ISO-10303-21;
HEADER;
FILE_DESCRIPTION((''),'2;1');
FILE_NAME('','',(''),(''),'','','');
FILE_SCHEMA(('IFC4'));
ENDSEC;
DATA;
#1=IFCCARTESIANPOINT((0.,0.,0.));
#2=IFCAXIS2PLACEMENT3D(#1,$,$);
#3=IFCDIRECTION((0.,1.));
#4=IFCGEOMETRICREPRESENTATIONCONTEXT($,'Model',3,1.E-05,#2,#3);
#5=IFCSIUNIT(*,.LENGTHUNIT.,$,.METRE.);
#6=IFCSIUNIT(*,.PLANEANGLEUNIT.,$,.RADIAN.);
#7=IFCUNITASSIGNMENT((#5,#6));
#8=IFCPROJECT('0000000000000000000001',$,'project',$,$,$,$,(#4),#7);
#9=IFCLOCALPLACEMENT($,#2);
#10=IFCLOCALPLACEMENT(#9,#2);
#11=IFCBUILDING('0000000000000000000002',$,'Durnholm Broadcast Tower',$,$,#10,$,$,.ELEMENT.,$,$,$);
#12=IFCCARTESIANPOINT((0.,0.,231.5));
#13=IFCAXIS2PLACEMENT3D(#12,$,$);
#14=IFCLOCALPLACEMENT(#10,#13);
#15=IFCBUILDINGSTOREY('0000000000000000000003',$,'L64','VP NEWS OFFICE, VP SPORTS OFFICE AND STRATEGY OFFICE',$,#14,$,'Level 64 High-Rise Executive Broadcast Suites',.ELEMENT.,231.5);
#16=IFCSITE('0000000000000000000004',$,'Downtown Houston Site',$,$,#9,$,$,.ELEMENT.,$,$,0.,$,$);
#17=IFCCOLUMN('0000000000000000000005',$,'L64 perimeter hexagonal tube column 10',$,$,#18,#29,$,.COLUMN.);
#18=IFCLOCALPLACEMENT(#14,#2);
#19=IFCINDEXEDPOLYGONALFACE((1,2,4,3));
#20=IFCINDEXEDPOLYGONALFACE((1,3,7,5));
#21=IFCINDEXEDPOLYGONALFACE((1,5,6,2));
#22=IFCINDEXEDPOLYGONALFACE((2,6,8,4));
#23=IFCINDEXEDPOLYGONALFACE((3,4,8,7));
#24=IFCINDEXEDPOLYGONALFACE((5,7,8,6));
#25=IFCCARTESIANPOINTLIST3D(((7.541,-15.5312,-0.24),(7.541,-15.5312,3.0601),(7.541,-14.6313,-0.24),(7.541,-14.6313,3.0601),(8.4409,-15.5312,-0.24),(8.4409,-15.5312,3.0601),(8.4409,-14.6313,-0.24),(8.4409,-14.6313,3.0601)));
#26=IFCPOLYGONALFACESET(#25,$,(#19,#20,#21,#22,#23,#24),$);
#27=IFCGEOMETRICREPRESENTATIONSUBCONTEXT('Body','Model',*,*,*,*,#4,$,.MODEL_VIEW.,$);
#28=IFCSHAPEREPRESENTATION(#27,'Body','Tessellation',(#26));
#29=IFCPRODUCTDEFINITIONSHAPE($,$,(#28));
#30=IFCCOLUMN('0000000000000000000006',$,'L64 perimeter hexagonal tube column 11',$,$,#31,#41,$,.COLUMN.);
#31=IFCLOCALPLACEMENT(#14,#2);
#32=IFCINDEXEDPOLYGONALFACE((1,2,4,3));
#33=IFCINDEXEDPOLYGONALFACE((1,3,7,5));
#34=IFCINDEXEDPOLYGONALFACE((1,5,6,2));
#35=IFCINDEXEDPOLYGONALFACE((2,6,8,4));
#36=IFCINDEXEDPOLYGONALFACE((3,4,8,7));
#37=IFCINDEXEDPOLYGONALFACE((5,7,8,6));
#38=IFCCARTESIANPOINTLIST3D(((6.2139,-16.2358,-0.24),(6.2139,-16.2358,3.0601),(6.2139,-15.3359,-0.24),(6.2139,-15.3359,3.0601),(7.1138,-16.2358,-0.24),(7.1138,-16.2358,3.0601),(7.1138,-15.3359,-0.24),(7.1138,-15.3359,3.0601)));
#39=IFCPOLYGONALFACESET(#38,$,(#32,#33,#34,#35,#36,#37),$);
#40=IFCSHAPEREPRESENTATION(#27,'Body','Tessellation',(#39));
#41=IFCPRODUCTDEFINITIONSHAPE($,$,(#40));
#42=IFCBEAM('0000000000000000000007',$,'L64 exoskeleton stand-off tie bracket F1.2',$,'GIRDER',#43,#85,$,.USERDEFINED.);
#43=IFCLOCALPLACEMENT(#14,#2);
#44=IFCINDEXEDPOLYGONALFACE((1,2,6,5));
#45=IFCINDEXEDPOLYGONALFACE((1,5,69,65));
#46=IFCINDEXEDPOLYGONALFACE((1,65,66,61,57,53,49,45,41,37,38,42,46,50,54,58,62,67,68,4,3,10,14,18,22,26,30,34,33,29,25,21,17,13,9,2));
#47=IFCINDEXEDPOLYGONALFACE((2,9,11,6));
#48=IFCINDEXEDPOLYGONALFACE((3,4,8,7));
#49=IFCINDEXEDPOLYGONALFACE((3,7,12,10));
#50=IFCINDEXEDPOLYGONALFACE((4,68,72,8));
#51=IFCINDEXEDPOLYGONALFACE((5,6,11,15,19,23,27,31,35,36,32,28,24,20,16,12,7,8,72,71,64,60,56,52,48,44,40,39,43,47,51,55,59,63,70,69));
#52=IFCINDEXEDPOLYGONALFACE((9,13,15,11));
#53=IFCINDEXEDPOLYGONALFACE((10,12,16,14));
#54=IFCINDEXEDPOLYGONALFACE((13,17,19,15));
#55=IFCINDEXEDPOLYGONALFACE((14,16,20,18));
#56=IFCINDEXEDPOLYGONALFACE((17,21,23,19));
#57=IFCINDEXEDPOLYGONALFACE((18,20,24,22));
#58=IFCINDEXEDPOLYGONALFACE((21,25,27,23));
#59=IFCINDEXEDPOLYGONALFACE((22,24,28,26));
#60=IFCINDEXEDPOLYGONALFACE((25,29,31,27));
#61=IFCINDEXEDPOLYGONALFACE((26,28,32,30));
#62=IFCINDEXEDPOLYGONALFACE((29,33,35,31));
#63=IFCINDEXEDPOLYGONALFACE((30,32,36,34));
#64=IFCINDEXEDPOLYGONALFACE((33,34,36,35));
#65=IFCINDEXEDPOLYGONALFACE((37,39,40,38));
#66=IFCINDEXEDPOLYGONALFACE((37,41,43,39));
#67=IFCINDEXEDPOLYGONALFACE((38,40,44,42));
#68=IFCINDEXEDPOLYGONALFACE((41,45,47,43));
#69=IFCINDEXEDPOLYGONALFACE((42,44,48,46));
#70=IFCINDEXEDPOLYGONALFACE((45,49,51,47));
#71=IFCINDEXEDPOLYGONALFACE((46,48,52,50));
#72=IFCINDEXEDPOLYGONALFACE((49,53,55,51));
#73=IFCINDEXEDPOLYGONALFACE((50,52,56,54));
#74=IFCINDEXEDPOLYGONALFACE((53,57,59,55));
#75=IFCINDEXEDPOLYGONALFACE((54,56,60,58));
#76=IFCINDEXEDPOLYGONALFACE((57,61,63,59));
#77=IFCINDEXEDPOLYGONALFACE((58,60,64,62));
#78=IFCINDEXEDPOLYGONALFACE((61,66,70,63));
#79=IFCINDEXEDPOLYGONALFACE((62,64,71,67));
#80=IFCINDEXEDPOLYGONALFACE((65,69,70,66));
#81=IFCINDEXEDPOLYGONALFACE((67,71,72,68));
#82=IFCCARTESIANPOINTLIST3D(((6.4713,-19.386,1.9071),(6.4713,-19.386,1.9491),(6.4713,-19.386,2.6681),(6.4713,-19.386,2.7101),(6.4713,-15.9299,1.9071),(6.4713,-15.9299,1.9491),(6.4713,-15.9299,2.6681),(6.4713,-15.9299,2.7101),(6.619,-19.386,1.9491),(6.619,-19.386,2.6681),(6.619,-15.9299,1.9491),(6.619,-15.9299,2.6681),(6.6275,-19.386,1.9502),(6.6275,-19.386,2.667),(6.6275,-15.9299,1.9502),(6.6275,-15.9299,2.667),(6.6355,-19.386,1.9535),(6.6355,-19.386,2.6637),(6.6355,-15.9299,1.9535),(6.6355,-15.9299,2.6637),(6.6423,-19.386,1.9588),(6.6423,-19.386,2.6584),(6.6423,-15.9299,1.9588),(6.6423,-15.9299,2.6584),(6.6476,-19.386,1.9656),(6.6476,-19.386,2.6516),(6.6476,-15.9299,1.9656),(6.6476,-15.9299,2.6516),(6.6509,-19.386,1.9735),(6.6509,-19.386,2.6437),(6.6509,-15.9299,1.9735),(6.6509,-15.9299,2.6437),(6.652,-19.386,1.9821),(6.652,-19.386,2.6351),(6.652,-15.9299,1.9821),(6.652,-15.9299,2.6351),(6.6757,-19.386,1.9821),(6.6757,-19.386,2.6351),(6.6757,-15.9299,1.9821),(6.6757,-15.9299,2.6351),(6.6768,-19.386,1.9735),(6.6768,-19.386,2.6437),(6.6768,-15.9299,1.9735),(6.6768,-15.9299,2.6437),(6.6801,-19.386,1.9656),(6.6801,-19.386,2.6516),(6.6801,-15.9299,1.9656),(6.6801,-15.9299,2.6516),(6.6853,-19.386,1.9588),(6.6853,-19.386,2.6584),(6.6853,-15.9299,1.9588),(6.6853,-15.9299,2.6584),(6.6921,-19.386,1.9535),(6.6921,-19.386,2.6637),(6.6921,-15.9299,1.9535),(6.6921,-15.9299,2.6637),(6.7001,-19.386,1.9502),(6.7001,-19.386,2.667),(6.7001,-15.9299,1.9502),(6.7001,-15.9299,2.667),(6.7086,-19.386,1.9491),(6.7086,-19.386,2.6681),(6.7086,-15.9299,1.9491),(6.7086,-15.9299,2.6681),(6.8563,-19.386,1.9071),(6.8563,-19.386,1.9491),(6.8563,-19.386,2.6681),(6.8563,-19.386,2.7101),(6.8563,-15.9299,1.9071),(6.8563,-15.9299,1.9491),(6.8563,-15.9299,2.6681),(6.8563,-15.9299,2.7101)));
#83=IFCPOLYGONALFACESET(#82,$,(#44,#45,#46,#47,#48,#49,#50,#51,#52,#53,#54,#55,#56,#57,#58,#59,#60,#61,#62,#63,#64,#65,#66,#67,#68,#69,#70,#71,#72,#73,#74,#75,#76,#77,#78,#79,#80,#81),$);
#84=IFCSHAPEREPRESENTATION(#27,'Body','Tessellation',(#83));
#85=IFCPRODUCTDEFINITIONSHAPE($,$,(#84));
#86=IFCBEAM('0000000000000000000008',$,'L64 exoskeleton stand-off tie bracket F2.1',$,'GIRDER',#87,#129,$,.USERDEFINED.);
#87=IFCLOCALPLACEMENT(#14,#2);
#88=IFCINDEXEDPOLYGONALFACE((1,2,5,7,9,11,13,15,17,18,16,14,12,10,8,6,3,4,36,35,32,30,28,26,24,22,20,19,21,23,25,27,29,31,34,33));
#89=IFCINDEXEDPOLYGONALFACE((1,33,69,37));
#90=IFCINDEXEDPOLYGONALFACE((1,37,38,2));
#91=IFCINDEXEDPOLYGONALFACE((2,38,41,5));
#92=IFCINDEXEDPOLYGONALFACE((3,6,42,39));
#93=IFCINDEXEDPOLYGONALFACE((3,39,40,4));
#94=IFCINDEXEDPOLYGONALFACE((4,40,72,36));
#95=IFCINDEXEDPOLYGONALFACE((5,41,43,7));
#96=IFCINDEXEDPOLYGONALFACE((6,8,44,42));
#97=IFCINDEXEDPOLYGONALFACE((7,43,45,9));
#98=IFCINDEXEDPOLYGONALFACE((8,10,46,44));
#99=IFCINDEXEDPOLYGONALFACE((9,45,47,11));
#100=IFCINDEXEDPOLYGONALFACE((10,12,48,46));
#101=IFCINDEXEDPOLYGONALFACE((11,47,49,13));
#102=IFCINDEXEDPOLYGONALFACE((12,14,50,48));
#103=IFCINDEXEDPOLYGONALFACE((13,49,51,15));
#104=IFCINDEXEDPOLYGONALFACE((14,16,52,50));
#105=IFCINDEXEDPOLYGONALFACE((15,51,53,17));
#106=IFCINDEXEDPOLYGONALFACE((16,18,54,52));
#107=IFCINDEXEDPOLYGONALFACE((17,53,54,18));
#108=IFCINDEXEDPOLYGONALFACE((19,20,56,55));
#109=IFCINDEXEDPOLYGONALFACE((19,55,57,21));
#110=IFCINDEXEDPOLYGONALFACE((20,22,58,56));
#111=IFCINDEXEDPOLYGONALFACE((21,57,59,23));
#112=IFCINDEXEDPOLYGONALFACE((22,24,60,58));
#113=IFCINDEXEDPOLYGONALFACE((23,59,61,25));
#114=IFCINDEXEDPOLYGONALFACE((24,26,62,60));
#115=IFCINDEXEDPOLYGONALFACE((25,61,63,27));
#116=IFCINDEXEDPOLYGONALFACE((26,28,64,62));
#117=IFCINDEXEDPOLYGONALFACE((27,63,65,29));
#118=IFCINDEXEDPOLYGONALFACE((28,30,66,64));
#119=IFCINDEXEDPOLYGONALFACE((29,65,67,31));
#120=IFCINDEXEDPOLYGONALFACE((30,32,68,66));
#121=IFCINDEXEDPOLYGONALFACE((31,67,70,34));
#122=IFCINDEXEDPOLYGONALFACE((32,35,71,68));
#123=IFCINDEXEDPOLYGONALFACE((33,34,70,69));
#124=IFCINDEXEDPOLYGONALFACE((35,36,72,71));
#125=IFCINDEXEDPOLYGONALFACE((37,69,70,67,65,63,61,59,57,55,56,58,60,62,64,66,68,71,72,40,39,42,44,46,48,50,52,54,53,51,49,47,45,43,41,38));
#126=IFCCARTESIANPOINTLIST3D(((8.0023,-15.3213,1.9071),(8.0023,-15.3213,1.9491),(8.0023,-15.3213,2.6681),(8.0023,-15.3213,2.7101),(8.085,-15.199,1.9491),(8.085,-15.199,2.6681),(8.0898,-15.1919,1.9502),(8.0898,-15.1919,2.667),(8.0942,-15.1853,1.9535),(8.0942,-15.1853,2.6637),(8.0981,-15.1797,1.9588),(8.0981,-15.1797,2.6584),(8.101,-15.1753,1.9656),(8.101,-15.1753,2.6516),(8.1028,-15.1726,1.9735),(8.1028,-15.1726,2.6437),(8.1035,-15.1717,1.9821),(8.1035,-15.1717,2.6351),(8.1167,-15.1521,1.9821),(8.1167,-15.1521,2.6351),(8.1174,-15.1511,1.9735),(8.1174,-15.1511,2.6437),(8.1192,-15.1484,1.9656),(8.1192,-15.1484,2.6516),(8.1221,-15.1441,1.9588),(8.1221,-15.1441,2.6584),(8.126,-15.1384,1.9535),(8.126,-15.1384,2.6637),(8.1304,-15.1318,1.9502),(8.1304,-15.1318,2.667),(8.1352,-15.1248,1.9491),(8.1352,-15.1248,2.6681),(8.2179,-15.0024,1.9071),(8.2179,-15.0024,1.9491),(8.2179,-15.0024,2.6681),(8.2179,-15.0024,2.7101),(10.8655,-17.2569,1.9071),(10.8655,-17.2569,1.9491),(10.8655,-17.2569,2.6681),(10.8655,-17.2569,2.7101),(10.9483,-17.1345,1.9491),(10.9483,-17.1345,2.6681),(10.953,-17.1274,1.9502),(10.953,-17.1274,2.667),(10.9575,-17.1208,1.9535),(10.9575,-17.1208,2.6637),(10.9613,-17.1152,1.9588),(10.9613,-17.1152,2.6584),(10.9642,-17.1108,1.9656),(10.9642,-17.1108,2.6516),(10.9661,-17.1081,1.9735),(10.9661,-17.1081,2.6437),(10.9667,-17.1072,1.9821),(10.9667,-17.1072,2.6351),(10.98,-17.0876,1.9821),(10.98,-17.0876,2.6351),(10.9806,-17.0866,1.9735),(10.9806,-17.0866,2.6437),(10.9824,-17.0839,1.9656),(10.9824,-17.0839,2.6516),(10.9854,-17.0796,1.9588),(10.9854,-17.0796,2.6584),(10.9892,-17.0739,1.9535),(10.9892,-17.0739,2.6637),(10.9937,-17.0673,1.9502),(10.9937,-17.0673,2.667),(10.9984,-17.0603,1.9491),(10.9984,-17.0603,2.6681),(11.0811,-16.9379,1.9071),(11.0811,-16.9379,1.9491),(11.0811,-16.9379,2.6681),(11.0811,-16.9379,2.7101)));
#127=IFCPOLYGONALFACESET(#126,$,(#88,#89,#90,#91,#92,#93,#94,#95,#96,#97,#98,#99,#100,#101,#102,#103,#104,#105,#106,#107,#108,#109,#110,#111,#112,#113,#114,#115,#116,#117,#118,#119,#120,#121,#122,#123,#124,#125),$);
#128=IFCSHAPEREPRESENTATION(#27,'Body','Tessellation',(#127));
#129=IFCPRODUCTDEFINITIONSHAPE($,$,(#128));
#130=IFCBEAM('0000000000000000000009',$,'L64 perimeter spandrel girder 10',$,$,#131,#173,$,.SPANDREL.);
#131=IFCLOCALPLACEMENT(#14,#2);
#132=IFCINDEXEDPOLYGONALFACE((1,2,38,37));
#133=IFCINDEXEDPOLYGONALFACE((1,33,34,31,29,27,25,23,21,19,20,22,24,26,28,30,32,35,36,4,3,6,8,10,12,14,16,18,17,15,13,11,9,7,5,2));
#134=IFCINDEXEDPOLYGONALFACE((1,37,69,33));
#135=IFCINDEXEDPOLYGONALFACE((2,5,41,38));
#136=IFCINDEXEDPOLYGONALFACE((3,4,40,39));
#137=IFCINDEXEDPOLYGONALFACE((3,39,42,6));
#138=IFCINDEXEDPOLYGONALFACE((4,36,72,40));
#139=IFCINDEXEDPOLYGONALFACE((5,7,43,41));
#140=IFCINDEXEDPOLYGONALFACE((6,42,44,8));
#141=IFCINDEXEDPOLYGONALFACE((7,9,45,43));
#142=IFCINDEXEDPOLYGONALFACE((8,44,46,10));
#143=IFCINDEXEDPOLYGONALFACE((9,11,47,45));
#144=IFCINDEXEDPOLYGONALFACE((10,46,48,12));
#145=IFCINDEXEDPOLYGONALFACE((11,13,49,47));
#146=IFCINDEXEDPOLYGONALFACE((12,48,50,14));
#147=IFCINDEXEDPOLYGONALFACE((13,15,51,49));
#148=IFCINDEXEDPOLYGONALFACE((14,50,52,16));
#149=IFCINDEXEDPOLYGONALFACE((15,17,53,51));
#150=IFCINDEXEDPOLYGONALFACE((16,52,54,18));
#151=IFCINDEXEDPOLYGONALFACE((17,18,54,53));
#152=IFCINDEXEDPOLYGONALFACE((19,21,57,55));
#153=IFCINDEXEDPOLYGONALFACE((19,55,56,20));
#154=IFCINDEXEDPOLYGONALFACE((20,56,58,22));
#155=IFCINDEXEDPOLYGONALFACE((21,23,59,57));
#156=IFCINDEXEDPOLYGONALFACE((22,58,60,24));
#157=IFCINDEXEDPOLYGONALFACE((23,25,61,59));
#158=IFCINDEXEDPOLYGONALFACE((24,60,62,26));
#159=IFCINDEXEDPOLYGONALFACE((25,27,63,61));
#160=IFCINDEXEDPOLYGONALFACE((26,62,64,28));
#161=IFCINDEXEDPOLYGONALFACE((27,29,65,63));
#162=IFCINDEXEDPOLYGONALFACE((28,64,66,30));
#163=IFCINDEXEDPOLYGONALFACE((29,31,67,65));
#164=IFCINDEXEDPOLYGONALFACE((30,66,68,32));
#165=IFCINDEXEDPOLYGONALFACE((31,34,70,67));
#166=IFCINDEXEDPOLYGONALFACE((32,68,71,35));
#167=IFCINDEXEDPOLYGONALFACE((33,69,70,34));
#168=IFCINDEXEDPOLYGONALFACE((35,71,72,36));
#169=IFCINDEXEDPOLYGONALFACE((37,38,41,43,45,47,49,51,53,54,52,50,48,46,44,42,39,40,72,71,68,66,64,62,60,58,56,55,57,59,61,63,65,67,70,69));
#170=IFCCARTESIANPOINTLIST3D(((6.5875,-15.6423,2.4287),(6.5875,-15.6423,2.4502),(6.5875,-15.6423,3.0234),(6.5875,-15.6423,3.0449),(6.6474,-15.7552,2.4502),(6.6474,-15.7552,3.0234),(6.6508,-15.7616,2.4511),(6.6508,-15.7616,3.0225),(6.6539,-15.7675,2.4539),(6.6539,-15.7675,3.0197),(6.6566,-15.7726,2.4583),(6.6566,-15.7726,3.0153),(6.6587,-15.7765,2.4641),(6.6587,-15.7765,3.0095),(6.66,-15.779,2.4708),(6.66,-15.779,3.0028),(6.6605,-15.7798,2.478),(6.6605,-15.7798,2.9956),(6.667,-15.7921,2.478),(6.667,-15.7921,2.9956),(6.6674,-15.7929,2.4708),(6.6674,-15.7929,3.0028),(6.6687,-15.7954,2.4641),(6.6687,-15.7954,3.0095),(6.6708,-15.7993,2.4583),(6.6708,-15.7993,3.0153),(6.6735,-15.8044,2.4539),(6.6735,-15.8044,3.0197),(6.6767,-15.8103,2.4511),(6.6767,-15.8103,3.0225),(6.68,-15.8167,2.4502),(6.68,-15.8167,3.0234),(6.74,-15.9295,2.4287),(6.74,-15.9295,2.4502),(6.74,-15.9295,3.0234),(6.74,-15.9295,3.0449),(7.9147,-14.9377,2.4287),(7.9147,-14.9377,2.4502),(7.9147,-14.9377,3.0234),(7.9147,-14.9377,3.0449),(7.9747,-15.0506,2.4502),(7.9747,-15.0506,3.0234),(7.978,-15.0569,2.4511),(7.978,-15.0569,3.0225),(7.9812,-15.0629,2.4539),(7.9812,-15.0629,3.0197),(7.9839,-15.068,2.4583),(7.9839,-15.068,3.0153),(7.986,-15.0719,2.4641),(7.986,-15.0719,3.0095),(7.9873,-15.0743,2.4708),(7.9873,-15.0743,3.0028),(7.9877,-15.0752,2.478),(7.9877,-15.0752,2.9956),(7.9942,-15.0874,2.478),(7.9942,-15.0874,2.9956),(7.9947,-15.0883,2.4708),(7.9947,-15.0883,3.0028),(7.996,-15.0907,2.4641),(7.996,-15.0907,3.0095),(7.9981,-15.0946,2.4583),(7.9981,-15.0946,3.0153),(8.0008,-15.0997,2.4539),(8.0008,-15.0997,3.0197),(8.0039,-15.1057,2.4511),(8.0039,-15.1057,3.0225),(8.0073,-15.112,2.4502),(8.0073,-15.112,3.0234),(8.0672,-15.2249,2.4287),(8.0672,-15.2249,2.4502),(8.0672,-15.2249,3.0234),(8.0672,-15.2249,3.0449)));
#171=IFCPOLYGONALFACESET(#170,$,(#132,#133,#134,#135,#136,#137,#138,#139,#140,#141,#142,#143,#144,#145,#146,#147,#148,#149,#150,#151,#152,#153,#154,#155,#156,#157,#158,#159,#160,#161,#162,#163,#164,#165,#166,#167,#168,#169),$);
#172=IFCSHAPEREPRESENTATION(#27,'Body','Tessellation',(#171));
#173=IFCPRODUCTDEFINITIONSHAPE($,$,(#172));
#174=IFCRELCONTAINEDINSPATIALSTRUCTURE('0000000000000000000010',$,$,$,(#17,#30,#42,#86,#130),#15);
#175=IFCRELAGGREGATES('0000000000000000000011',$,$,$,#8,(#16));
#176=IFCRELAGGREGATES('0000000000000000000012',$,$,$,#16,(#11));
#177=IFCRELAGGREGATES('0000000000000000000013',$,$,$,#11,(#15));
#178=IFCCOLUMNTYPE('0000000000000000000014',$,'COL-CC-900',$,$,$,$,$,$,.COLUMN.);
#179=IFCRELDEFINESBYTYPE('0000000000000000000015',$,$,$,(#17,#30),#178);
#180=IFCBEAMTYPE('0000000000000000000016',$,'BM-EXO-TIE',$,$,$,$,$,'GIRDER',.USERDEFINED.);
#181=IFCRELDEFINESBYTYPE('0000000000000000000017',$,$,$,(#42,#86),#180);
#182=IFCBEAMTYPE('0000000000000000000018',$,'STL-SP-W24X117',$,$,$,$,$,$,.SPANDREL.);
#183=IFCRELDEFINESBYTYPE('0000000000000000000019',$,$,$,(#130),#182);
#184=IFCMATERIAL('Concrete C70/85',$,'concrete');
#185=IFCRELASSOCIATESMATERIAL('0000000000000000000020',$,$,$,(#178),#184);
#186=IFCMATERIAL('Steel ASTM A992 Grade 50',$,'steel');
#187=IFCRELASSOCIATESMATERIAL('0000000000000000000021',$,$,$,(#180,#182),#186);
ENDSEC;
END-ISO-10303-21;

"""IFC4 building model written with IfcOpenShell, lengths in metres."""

from ifc_helpers import new_model, si_unit, direction, frame, origin, origin_2d, place, context, subcontext, project, spatial, rectangle, i_section, extrude, source, transform, mapped, material, material_profile, profile_set, type_object, type_shapes, element, save


model = new_model("IFC4")

# Units and contexts
model_context = context("Model", 3, precision=1e-05, world=origin(), true_north=direction((0.0, 1.0)))
body_context = subcontext(model_context, "Body", "Model", "MODEL_VIEW")
ifc_project = project(units=[si_unit("LENGTHUNIT", "METRE"), si_unit("PLANEANGLEUNIT", "RADIAN")], contexts=[model_context])

# Site, building, storey
site_placement = place(None, origin())
site = spatial("IfcSite", under=ifc_project, at=site_placement, Name="Downtown Houston Site", CompositionType="ELEMENT", RefElevation=0.0)
building_placement = place(site_placement, origin())
building = spatial("IfcBuilding", under=site, at=building_placement, Name="Durnholm Broadcast Tower", CompositionType="ELEMENT")
storey_placement = place(building_placement, frame((0.0, 0.0, 231.5)))
storey = spatial("IfcBuildingStorey", under=building, at=storey_placement, Name="L64", Description="VP NEWS OFFICE, VP SPORTS OFFICE AND STRATEGY OFFICE", LongName="Level 64 High-Rise Executive Broadcast Suites", CompositionType="ELEMENT", Elevation=231.5)

# Columns
ifc_material_1 = material(Name="Concrete C70/85", Category="concrete")
ifc_material_profile_1 = material_profile(ifc_material_1, rectangle(XDim=0.8999, YDim=0.8999, at=origin_2d()), Name="RC900X900")
ifc_profile_set_1 = profile_set([ifc_material_profile_1], Name="Concrete C70/85")
column_type = type_object("IfcColumnType", Name="COL-CC-900", PredefinedType="COLUMN", material=ifc_profile_set_1)
shared_shape_1 = source(origin(), body_context, "Body", "SweptSolid", [
    extrude(rectangle(XDim=0.8999, YDim=0.8999, at=origin_2d()), origin(), (0.0, 0.0, 1.0), 3.3),
])
type_shapes(column_type, [shared_shape_1])
for number, where, z_axis, x_axis, name in (
    (1, (7.991, -15.0813, -0.24), (0.0, 0.0, 1.0), (1.0, 0.0, 0.0), "L64 perimeter hexagonal tube column 10"),
    (2, (6.6638, -15.7859, -0.24), (0.0, 0.0, 1.0), (1.0, 0.0, 0.0), "L64 perimeter hexagonal tube column 11"),
):
    element("IfcColumn", number, at=place(storey_placement, frame(where, z_axis=z_axis, x_axis=x_axis)), inside=storey, type_object=column_type, Name=name, PredefinedType="COLUMN", context=body_context, shape_type="MappedRepresentation", body=[
        mapped(shared_shape_1, transform((0.0, 0.0, 0.0), x_axis=(1.0, 0.0, 0.0), y_axis=(0.0, 1.0, 0.0), z_axis=(0.0, 0.0, 1.0), scale=1.0)),
    ])

# Beams
ifc_material_2 = material(Name="Steel ASTM A992 Grade 50", Category="steel")
ifc_material_profile_2 = material_profile(ifc_material_2, i_section(OverallWidth=0.385, OverallDepth=0.803, WebThickness=0.0237, FlangeThickness=0.042, FilletRadius=0.033, at=origin_2d()), Name="W30X261")
ifc_profile_set_2 = profile_set([ifc_material_profile_2], Name="Steel ASTM A992 Grade 50")
beam_type_1 = type_object("IfcBeamType", Name="BM-EXO-TIE", ElementType="GIRDER", PredefinedType="USERDEFINED", material=ifc_profile_set_2)
shared_shape_2 = source(origin(), body_context, "Body", "SweptSolid", [
    extrude(i_section(OverallWidth=0.385, OverallDepth=0.803, WebThickness=0.0237, FlangeThickness=0.042, FilletRadius=0.033, at=origin_2d()), origin(), (0.0, 0.0, 1.0), 3.4561),
])
for number, where, z_axis, x_axis, name in (
    (3, (6.6638, -15.9299, 2.3086), (0.0, -1.0, 0.0), (1.0, 0.0, 0.0), "L64 exoskeleton stand-off tie bracket F1.2"),
    (4, (8.1101, -15.1619, 2.3086), (0.828468, -0.560036, 0.0), (0.560036, 0.828468, 0.0), "L64 exoskeleton stand-off tie bracket F2.1"),
):
    element("IfcBeam", number, at=place(storey_placement, frame(where, z_axis=z_axis, x_axis=x_axis)), inside=storey, type_object=beam_type_1, Name=name, ObjectType="GIRDER", PredefinedType="USERDEFINED", context=body_context, shape_type="MappedRepresentation", body=[
        mapped(shared_shape_2, transform((0.0, 0.0, 0.0), x_axis=(1.0, 0.0, 0.0), y_axis=(0.0, 1.0, 0.0), z_axis=(0.0, 0.0, 1.0), scale=1.0)),
    ])
ifc_material_profile_3 = material_profile(ifc_material_2, i_section(OverallWidth=0.3252, OverallDepth=0.6162, WebThickness=0.0139, FlangeThickness=0.0215, FilletRadius=0.0278, at=origin_2d()), Name="W24X117")
ifc_profile_set_3 = profile_set([ifc_material_profile_3], Name="Steel ASTM A992 Grade 50")
beam_type_2 = type_object("IfcBeamType", Name="STL-SP-W24X117", PredefinedType="SPANDREL", material=ifc_profile_set_3)
shared_shape_3 = source(origin(), body_context, "Body", "SweptSolid", [
    extrude(i_section(OverallWidth=0.3252, OverallDepth=0.6162, WebThickness=0.0139, FlangeThickness=0.0215, FilletRadius=0.0278, at=origin_2d()), origin(), (0.0, 0.0, 1.0), 1.5027),
])
beam_1_placement = place(storey_placement, frame((7.991, -15.0813, 2.7368), z_axis=(-0.883242, -0.468918, 0.0), x_axis=(0.468918, -0.883242, 0.0)))
element("IfcBeam", 5, at=beam_1_placement, inside=storey, type_object=beam_type_2, Name="L64 perimeter spandrel girder 10", PredefinedType="SPANDREL", context=body_context, shape_type="MappedRepresentation", body=[
    mapped(shared_shape_3, transform((0.0, 0.0, 0.0), x_axis=(1.0, 0.0, 0.0), y_axis=(0.0, 1.0, 0.0), z_axis=(0.0, 0.0, 1.0), scale=1.0)),
])

save(model, "model.ifc")
